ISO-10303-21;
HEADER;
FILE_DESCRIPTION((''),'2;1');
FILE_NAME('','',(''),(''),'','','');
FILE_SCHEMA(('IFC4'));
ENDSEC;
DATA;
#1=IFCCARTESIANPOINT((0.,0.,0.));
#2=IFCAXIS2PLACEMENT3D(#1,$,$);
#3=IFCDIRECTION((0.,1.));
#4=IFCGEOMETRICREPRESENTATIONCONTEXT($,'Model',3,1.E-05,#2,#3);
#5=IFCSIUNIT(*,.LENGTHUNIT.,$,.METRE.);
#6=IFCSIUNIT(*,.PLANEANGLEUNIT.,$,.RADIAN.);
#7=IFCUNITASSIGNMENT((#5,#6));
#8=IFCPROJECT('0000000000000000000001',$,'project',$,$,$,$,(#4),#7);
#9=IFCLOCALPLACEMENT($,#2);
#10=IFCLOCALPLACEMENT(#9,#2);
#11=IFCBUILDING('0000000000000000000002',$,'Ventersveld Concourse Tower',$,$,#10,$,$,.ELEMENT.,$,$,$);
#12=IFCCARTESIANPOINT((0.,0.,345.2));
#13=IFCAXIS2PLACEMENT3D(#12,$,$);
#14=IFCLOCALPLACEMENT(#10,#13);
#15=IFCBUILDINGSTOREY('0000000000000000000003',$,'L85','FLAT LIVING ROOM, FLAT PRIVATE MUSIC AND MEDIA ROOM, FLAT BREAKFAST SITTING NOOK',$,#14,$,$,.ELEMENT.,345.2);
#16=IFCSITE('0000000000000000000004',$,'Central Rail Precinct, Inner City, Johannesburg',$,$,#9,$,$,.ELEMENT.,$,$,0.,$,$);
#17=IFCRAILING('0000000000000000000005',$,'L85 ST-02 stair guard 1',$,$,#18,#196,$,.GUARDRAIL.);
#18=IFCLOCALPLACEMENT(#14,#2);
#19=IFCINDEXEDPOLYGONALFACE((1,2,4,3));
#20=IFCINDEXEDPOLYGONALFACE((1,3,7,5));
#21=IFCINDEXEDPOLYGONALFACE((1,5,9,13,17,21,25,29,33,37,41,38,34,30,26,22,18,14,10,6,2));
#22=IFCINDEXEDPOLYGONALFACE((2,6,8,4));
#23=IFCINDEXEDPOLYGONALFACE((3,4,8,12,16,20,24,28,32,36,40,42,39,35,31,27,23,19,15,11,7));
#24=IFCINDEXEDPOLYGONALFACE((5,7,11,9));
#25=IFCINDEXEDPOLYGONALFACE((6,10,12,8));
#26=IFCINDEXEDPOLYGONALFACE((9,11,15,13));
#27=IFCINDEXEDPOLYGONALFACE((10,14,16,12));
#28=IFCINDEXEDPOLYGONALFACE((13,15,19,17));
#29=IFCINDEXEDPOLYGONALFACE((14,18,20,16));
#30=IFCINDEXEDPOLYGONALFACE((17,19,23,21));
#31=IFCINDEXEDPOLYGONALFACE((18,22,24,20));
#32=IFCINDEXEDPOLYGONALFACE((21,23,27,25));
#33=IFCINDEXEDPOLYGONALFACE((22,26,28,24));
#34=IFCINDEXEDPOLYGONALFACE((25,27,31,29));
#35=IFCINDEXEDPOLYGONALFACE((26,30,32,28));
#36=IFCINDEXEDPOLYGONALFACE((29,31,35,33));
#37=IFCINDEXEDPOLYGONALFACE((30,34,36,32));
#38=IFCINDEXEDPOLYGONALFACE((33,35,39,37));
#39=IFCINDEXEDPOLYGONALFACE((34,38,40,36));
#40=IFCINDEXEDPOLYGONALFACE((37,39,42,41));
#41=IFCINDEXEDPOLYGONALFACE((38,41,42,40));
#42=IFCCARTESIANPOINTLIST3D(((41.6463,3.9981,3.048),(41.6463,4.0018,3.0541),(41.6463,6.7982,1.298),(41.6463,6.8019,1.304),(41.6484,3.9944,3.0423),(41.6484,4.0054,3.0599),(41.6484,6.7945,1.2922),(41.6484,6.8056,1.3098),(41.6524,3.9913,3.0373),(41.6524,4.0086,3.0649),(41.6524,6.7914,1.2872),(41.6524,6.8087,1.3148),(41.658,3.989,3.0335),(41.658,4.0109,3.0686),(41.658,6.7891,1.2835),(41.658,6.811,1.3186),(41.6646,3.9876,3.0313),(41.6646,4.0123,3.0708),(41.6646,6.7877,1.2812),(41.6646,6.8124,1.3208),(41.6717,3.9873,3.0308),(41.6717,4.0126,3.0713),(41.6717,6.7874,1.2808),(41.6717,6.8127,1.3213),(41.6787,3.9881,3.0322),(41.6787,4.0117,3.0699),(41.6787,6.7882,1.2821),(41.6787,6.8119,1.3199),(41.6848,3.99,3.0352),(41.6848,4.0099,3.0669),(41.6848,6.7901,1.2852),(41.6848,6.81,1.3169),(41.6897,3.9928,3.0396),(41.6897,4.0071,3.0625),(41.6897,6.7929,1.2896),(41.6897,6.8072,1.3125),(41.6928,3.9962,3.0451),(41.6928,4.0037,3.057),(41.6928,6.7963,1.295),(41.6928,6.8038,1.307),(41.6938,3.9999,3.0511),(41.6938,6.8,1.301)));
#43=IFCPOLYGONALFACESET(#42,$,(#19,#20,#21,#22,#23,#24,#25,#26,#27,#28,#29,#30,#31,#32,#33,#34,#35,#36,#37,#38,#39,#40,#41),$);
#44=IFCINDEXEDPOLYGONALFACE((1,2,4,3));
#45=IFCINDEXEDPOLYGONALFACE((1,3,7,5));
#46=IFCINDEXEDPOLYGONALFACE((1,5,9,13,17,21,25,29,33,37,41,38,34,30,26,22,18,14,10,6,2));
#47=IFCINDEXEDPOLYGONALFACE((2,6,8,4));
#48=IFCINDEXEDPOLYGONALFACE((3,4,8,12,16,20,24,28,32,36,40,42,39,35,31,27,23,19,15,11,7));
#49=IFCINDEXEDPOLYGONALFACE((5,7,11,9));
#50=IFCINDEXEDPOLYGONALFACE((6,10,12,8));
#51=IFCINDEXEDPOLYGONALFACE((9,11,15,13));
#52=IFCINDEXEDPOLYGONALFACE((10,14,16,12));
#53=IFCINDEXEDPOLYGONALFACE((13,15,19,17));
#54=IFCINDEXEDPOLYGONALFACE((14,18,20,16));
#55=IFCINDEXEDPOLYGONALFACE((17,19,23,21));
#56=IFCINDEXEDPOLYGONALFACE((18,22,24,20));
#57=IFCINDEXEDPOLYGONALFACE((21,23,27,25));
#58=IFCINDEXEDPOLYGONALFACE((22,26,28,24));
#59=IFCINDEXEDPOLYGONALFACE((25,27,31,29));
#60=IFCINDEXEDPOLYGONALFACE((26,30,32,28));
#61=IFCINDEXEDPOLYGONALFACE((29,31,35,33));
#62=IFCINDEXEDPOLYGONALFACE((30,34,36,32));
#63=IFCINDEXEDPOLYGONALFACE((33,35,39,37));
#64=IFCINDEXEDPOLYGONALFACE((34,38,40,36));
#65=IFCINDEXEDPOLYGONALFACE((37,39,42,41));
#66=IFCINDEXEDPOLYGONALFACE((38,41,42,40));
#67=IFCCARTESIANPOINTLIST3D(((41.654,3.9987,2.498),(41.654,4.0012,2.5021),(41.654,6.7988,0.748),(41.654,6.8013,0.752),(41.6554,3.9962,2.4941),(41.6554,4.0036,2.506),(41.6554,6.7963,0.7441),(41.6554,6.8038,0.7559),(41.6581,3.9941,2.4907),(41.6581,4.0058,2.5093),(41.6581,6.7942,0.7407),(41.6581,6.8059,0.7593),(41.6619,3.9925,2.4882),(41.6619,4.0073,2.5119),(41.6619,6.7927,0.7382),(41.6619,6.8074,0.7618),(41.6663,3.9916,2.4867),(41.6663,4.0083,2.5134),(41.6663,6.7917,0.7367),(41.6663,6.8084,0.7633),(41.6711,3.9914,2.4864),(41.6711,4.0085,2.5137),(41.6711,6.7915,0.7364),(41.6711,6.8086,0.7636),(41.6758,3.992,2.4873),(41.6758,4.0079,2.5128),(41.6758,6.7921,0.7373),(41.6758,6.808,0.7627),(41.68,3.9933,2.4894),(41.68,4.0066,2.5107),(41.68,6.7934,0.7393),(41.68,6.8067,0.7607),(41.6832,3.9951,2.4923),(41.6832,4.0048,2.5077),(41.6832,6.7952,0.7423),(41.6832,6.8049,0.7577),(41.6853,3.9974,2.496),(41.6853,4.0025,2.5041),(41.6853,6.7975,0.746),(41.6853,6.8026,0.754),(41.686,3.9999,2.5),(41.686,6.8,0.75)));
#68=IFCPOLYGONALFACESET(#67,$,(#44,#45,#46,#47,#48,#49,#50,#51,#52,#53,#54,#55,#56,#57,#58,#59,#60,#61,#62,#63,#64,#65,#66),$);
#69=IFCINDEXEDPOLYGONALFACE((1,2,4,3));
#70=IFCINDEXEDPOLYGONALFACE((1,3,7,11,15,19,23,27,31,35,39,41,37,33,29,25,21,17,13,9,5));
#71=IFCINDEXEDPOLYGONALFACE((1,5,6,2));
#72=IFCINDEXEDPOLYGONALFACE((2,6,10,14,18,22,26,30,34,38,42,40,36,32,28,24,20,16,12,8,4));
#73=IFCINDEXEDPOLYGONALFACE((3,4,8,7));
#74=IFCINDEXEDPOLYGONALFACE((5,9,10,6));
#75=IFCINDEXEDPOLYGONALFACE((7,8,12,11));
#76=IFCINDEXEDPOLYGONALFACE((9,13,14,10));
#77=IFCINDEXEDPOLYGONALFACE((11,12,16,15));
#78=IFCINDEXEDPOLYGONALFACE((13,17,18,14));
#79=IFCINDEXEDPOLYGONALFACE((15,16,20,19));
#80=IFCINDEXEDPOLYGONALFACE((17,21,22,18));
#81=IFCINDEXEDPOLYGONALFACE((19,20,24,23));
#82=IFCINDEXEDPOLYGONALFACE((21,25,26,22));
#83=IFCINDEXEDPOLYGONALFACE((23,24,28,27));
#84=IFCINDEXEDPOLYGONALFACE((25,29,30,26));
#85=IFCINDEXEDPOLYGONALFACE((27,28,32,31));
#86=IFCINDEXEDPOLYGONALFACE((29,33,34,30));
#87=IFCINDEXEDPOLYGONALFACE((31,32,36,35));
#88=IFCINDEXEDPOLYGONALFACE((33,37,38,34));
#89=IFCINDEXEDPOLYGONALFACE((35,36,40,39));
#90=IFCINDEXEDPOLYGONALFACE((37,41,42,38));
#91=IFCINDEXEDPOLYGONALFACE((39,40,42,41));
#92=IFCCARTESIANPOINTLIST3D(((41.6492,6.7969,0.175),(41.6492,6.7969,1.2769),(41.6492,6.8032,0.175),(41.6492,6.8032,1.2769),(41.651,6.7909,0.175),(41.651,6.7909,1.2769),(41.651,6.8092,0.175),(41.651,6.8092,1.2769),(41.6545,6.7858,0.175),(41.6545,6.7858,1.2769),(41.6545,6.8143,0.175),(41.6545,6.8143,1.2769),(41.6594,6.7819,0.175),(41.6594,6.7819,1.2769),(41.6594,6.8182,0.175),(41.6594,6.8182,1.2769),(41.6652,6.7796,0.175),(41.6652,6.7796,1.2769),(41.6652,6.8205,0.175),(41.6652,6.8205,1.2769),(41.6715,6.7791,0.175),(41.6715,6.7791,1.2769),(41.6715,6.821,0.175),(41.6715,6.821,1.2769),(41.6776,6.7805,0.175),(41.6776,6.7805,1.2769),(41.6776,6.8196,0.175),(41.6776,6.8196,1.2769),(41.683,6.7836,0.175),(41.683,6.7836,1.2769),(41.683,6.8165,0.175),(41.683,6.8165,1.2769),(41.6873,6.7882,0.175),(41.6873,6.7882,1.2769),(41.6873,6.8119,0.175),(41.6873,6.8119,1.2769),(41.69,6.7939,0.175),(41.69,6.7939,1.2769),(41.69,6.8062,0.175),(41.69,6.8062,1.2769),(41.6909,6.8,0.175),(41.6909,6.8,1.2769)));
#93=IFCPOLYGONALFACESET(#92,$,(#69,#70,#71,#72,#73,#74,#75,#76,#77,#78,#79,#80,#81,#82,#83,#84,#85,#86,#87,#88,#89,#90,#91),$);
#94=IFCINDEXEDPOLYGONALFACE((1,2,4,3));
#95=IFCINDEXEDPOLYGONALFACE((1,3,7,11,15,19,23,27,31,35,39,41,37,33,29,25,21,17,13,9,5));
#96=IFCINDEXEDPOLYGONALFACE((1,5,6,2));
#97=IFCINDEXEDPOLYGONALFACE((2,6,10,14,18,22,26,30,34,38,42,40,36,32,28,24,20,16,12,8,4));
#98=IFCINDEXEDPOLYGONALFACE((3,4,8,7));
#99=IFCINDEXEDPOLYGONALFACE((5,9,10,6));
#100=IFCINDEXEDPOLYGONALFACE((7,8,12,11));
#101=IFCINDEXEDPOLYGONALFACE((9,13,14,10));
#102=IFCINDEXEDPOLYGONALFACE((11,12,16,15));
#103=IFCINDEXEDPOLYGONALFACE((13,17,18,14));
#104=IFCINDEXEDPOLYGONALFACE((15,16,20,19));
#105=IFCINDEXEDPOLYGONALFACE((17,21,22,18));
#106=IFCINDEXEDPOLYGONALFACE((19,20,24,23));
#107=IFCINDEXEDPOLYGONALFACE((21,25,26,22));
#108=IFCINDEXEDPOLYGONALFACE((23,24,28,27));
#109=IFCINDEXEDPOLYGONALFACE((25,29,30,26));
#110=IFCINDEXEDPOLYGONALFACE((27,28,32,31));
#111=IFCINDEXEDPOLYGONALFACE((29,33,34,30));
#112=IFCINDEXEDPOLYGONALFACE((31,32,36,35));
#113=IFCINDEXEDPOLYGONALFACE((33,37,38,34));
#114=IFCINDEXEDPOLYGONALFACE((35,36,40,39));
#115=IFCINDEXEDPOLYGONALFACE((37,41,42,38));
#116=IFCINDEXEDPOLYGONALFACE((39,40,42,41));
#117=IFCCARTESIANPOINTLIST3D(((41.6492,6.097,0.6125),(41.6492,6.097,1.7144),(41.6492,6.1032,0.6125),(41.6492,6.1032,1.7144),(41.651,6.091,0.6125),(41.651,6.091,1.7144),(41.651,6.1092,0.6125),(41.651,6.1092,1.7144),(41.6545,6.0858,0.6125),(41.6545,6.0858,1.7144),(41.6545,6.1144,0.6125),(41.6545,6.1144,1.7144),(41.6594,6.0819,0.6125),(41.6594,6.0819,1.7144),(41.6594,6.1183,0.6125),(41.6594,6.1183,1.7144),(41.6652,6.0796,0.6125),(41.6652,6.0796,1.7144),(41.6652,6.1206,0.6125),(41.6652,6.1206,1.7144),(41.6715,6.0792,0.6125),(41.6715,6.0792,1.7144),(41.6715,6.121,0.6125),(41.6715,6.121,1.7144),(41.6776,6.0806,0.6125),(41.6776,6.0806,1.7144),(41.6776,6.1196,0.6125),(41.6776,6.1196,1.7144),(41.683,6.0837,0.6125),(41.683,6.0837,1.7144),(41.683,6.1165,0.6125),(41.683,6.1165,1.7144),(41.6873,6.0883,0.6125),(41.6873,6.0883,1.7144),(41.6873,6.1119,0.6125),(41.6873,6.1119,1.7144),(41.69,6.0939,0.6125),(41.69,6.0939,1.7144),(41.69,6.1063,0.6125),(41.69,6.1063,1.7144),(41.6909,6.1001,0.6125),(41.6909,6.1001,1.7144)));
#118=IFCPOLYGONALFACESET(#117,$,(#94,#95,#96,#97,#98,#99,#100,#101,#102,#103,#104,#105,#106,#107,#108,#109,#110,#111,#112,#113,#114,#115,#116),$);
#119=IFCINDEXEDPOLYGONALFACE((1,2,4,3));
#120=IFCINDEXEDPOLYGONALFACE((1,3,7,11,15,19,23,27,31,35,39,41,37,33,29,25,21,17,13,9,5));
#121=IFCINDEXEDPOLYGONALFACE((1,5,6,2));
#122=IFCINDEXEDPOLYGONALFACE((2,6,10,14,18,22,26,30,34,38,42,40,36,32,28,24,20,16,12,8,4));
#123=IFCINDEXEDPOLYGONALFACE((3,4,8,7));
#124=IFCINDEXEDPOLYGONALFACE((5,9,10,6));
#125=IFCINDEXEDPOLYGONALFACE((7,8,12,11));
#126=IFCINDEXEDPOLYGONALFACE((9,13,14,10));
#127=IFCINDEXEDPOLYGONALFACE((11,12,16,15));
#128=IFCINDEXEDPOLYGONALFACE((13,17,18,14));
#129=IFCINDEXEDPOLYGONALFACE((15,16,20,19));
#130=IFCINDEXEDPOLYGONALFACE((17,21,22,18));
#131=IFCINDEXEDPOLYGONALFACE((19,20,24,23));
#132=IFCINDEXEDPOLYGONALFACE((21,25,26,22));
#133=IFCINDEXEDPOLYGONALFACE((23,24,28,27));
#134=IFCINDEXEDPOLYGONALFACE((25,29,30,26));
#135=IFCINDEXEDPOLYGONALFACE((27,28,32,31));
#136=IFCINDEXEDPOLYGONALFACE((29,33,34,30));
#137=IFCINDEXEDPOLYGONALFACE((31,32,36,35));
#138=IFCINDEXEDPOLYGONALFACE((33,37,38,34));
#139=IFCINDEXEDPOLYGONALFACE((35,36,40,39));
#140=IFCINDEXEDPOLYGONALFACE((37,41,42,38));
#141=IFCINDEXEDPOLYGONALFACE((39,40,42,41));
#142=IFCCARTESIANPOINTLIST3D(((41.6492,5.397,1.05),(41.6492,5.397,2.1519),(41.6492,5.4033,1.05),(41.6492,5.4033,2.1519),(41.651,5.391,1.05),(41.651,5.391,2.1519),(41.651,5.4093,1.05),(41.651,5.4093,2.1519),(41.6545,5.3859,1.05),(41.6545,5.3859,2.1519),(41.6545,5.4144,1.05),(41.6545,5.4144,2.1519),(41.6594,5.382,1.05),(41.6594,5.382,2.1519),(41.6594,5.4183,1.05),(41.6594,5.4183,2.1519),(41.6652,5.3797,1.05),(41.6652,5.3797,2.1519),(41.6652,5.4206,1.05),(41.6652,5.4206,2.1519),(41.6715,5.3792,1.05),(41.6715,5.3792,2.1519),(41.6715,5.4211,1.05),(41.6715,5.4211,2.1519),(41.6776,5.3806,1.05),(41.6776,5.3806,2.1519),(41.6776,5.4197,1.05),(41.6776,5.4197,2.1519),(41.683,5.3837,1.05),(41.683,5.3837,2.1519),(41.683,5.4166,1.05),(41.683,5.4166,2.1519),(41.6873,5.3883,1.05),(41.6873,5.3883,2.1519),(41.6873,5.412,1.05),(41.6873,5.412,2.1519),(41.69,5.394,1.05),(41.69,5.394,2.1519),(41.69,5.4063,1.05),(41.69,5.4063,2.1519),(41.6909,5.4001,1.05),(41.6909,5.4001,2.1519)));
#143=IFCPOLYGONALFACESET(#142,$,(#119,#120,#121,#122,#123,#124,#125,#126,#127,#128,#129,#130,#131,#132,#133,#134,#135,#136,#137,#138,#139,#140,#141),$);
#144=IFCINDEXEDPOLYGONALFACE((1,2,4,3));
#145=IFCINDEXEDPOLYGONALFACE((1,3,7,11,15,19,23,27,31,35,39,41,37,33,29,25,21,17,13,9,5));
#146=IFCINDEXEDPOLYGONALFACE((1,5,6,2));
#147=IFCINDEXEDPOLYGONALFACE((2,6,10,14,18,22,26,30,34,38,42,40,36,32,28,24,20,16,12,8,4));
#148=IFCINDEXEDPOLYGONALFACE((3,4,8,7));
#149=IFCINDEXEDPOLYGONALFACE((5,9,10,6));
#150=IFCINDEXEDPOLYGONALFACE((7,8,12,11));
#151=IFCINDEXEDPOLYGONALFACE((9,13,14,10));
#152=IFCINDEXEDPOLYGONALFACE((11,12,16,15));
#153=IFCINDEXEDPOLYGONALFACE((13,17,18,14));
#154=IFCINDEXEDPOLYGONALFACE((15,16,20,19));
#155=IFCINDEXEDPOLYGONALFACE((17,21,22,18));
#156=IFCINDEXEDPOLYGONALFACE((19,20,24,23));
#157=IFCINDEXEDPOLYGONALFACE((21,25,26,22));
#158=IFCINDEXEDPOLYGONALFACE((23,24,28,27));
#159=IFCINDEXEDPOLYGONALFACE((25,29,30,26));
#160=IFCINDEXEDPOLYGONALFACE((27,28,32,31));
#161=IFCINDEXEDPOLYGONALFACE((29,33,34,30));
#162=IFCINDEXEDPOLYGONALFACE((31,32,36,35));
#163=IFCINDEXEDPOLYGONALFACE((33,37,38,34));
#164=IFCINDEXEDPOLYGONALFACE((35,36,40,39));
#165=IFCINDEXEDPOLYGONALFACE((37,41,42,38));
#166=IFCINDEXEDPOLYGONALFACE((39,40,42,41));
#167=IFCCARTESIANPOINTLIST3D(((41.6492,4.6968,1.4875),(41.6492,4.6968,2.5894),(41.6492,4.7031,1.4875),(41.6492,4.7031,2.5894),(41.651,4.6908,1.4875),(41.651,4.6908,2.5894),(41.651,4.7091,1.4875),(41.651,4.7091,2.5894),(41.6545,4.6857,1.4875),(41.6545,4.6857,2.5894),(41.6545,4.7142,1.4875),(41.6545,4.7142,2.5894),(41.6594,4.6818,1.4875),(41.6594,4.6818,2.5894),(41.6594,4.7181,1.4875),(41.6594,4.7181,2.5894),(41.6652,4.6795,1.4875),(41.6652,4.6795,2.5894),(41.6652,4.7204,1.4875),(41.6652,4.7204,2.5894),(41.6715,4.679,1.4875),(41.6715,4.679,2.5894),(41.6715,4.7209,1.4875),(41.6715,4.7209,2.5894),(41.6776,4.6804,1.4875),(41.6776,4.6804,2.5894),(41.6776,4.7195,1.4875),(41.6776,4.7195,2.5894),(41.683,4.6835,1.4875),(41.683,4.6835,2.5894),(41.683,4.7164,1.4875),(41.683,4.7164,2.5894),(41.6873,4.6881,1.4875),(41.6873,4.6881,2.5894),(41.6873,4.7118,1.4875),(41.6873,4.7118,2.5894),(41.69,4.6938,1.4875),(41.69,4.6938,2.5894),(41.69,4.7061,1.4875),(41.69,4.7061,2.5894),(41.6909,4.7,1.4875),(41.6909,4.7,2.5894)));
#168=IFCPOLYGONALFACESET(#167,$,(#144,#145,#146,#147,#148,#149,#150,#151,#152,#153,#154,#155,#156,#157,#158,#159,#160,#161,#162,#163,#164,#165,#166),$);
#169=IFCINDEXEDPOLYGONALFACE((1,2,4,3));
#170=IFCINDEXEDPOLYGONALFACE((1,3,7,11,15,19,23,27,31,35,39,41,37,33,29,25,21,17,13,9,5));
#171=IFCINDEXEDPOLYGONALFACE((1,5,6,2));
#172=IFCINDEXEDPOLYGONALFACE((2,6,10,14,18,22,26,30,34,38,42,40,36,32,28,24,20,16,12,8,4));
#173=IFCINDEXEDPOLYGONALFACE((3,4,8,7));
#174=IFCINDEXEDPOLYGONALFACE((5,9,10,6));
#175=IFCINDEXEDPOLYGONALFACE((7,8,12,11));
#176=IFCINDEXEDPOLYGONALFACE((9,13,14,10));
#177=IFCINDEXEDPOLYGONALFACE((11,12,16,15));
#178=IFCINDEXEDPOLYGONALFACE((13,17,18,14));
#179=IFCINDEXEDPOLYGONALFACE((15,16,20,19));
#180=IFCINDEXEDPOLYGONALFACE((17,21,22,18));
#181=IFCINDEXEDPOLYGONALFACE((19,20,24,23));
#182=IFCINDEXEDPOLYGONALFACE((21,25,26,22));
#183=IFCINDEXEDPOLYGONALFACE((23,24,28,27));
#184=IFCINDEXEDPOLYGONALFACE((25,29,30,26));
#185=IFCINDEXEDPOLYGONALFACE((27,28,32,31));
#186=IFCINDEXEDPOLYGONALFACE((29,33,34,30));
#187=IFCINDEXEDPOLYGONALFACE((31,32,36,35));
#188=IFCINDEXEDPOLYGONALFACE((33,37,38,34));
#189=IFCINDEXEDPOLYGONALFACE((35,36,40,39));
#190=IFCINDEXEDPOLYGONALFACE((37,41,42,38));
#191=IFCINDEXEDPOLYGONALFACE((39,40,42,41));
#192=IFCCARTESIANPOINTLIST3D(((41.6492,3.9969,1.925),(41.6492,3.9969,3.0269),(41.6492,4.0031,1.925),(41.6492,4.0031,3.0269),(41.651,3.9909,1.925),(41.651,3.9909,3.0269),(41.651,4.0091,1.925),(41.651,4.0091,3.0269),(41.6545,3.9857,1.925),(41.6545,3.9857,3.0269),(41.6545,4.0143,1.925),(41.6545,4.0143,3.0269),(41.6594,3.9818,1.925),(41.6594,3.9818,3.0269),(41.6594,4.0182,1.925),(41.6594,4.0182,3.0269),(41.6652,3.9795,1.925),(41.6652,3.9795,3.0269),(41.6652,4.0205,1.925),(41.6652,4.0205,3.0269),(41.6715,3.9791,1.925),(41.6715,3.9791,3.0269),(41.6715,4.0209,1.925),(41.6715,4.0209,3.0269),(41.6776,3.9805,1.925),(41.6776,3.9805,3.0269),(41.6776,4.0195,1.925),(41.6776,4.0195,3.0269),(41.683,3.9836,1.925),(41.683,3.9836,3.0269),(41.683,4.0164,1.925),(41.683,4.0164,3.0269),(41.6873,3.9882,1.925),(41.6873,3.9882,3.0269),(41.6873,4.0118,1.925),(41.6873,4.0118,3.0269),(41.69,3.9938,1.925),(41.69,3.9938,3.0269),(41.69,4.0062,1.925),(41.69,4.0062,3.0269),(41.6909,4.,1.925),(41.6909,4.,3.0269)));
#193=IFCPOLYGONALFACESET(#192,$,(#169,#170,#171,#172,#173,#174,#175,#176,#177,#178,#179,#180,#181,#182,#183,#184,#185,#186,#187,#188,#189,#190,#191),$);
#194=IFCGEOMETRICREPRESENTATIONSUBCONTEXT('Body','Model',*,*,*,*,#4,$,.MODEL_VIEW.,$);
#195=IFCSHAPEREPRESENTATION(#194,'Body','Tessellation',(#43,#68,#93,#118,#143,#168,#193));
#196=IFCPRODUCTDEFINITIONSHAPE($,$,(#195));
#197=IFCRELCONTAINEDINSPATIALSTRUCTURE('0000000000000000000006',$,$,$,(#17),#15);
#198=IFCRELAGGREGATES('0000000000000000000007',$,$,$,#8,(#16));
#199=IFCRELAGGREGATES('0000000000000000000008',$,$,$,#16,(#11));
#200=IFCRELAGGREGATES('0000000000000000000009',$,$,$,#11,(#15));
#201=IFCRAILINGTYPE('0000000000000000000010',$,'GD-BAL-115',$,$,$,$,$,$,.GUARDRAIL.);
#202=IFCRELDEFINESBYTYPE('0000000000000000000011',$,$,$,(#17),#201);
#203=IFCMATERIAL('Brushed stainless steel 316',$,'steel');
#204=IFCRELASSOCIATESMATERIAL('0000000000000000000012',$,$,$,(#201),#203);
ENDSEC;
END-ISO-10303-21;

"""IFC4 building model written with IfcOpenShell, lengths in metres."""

from ifc_helpers import new_model, si_unit, direction, frame, origin, origin_2d, place, context, subcontext, project, spatial, circle, extrude, material, type_object, element, save


model = new_model("IFC4")

# Units and contexts
model_context = context("Model", 3, precision=1e-05, world=origin(), true_north=direction((0.0, 1.0)))
body_context = subcontext(model_context, "Body", "Model", "MODEL_VIEW")
ifc_project = project(units=[si_unit("LENGTHUNIT", "METRE"), si_unit("PLANEANGLEUNIT", "RADIAN")], contexts=[model_context])

# Site, building, storey
site_placement = place(None, origin())
site = spatial("IfcSite", under=ifc_project, at=site_placement, Name="Central Rail Precinct, Inner City, Johannesburg", CompositionType="ELEMENT", RefElevation=0.0)
building_placement = place(site_placement, origin())
building = spatial("IfcBuilding", under=site, at=building_placement, Name="Ventersveld Concourse Tower", CompositionType="ELEMENT")
storey_placement = place(building_placement, frame((0.0, 0.0, 345.2)))
storey = spatial("IfcBuildingStorey", under=building, at=storey_placement, Name="L85", Description="FLAT LIVING ROOM, FLAT PRIVATE MUSIC AND MEDIA ROOM, FLAT BREAKFAST SITTING NOOK", CompositionType="ELEMENT", Elevation=345.2)

# Shared definitions
ifc_material_1 = material(Name="Brushed stainless steel 316", Category="steel")

# Railing
railing_type_1 = type_object("IfcRailingType", Name="GD-BAL-115", PredefinedType="GUARDRAIL", material=ifc_material_1)
railing_1_placement = place(storey_placement, frame((41.6699, 6.8, 0.175)))
element("IfcRailing", 1, at=railing_1_placement, inside=storey, type_object=railing_type_1, Name="L85 ST-02 stair guard 1", PredefinedType="GUARDRAIL", context=body_context, shape_type="SweptSolid", body=[
    extrude(circle(Radius=0.0239, at=origin_2d()), frame((0.0, 0.0, 1.126), z_axis=(0.0, -0.848002, 0.529992), x_axis=(1.0, 0.0, 0.0)), (0.0, 0.0, 1.0), 3.302),
    extrude(circle(Radius=0.0161, at=origin_2d()), frame((0.0, 0.0, 0.575), z_axis=(0.0, -0.848002, 0.529992), x_axis=(1.0, 0.0, 0.0)), (0.0, 0.0, 1.0), 3.302),
    extrude(circle(Radius=0.021, at=origin_2d()), origin(), (0.0, 0.0, 1.0), 1.1018),
    extrude(circle(Radius=0.021, at=origin_2d()), frame((0.0, -0.7, 0.4375)), (0.0, 0.0, 1.0), 1.1018),
    extrude(circle(Radius=0.021, at=origin_2d()), frame((0.0, -1.3999, 0.875)), (0.0, 0.0, 1.0), 1.1018),
    extrude(circle(Radius=0.021, at=origin_2d()), frame((0.0, -2.1001, 1.3125)), (0.0, 0.0, 1.0), 1.1018),
    extrude(circle(Radius=0.021, at=origin_2d()), frame((0.0, -2.8, 1.75)), (0.0, 0.0, 1.0), 1.1018),
])

save(model, "model.ifc")
